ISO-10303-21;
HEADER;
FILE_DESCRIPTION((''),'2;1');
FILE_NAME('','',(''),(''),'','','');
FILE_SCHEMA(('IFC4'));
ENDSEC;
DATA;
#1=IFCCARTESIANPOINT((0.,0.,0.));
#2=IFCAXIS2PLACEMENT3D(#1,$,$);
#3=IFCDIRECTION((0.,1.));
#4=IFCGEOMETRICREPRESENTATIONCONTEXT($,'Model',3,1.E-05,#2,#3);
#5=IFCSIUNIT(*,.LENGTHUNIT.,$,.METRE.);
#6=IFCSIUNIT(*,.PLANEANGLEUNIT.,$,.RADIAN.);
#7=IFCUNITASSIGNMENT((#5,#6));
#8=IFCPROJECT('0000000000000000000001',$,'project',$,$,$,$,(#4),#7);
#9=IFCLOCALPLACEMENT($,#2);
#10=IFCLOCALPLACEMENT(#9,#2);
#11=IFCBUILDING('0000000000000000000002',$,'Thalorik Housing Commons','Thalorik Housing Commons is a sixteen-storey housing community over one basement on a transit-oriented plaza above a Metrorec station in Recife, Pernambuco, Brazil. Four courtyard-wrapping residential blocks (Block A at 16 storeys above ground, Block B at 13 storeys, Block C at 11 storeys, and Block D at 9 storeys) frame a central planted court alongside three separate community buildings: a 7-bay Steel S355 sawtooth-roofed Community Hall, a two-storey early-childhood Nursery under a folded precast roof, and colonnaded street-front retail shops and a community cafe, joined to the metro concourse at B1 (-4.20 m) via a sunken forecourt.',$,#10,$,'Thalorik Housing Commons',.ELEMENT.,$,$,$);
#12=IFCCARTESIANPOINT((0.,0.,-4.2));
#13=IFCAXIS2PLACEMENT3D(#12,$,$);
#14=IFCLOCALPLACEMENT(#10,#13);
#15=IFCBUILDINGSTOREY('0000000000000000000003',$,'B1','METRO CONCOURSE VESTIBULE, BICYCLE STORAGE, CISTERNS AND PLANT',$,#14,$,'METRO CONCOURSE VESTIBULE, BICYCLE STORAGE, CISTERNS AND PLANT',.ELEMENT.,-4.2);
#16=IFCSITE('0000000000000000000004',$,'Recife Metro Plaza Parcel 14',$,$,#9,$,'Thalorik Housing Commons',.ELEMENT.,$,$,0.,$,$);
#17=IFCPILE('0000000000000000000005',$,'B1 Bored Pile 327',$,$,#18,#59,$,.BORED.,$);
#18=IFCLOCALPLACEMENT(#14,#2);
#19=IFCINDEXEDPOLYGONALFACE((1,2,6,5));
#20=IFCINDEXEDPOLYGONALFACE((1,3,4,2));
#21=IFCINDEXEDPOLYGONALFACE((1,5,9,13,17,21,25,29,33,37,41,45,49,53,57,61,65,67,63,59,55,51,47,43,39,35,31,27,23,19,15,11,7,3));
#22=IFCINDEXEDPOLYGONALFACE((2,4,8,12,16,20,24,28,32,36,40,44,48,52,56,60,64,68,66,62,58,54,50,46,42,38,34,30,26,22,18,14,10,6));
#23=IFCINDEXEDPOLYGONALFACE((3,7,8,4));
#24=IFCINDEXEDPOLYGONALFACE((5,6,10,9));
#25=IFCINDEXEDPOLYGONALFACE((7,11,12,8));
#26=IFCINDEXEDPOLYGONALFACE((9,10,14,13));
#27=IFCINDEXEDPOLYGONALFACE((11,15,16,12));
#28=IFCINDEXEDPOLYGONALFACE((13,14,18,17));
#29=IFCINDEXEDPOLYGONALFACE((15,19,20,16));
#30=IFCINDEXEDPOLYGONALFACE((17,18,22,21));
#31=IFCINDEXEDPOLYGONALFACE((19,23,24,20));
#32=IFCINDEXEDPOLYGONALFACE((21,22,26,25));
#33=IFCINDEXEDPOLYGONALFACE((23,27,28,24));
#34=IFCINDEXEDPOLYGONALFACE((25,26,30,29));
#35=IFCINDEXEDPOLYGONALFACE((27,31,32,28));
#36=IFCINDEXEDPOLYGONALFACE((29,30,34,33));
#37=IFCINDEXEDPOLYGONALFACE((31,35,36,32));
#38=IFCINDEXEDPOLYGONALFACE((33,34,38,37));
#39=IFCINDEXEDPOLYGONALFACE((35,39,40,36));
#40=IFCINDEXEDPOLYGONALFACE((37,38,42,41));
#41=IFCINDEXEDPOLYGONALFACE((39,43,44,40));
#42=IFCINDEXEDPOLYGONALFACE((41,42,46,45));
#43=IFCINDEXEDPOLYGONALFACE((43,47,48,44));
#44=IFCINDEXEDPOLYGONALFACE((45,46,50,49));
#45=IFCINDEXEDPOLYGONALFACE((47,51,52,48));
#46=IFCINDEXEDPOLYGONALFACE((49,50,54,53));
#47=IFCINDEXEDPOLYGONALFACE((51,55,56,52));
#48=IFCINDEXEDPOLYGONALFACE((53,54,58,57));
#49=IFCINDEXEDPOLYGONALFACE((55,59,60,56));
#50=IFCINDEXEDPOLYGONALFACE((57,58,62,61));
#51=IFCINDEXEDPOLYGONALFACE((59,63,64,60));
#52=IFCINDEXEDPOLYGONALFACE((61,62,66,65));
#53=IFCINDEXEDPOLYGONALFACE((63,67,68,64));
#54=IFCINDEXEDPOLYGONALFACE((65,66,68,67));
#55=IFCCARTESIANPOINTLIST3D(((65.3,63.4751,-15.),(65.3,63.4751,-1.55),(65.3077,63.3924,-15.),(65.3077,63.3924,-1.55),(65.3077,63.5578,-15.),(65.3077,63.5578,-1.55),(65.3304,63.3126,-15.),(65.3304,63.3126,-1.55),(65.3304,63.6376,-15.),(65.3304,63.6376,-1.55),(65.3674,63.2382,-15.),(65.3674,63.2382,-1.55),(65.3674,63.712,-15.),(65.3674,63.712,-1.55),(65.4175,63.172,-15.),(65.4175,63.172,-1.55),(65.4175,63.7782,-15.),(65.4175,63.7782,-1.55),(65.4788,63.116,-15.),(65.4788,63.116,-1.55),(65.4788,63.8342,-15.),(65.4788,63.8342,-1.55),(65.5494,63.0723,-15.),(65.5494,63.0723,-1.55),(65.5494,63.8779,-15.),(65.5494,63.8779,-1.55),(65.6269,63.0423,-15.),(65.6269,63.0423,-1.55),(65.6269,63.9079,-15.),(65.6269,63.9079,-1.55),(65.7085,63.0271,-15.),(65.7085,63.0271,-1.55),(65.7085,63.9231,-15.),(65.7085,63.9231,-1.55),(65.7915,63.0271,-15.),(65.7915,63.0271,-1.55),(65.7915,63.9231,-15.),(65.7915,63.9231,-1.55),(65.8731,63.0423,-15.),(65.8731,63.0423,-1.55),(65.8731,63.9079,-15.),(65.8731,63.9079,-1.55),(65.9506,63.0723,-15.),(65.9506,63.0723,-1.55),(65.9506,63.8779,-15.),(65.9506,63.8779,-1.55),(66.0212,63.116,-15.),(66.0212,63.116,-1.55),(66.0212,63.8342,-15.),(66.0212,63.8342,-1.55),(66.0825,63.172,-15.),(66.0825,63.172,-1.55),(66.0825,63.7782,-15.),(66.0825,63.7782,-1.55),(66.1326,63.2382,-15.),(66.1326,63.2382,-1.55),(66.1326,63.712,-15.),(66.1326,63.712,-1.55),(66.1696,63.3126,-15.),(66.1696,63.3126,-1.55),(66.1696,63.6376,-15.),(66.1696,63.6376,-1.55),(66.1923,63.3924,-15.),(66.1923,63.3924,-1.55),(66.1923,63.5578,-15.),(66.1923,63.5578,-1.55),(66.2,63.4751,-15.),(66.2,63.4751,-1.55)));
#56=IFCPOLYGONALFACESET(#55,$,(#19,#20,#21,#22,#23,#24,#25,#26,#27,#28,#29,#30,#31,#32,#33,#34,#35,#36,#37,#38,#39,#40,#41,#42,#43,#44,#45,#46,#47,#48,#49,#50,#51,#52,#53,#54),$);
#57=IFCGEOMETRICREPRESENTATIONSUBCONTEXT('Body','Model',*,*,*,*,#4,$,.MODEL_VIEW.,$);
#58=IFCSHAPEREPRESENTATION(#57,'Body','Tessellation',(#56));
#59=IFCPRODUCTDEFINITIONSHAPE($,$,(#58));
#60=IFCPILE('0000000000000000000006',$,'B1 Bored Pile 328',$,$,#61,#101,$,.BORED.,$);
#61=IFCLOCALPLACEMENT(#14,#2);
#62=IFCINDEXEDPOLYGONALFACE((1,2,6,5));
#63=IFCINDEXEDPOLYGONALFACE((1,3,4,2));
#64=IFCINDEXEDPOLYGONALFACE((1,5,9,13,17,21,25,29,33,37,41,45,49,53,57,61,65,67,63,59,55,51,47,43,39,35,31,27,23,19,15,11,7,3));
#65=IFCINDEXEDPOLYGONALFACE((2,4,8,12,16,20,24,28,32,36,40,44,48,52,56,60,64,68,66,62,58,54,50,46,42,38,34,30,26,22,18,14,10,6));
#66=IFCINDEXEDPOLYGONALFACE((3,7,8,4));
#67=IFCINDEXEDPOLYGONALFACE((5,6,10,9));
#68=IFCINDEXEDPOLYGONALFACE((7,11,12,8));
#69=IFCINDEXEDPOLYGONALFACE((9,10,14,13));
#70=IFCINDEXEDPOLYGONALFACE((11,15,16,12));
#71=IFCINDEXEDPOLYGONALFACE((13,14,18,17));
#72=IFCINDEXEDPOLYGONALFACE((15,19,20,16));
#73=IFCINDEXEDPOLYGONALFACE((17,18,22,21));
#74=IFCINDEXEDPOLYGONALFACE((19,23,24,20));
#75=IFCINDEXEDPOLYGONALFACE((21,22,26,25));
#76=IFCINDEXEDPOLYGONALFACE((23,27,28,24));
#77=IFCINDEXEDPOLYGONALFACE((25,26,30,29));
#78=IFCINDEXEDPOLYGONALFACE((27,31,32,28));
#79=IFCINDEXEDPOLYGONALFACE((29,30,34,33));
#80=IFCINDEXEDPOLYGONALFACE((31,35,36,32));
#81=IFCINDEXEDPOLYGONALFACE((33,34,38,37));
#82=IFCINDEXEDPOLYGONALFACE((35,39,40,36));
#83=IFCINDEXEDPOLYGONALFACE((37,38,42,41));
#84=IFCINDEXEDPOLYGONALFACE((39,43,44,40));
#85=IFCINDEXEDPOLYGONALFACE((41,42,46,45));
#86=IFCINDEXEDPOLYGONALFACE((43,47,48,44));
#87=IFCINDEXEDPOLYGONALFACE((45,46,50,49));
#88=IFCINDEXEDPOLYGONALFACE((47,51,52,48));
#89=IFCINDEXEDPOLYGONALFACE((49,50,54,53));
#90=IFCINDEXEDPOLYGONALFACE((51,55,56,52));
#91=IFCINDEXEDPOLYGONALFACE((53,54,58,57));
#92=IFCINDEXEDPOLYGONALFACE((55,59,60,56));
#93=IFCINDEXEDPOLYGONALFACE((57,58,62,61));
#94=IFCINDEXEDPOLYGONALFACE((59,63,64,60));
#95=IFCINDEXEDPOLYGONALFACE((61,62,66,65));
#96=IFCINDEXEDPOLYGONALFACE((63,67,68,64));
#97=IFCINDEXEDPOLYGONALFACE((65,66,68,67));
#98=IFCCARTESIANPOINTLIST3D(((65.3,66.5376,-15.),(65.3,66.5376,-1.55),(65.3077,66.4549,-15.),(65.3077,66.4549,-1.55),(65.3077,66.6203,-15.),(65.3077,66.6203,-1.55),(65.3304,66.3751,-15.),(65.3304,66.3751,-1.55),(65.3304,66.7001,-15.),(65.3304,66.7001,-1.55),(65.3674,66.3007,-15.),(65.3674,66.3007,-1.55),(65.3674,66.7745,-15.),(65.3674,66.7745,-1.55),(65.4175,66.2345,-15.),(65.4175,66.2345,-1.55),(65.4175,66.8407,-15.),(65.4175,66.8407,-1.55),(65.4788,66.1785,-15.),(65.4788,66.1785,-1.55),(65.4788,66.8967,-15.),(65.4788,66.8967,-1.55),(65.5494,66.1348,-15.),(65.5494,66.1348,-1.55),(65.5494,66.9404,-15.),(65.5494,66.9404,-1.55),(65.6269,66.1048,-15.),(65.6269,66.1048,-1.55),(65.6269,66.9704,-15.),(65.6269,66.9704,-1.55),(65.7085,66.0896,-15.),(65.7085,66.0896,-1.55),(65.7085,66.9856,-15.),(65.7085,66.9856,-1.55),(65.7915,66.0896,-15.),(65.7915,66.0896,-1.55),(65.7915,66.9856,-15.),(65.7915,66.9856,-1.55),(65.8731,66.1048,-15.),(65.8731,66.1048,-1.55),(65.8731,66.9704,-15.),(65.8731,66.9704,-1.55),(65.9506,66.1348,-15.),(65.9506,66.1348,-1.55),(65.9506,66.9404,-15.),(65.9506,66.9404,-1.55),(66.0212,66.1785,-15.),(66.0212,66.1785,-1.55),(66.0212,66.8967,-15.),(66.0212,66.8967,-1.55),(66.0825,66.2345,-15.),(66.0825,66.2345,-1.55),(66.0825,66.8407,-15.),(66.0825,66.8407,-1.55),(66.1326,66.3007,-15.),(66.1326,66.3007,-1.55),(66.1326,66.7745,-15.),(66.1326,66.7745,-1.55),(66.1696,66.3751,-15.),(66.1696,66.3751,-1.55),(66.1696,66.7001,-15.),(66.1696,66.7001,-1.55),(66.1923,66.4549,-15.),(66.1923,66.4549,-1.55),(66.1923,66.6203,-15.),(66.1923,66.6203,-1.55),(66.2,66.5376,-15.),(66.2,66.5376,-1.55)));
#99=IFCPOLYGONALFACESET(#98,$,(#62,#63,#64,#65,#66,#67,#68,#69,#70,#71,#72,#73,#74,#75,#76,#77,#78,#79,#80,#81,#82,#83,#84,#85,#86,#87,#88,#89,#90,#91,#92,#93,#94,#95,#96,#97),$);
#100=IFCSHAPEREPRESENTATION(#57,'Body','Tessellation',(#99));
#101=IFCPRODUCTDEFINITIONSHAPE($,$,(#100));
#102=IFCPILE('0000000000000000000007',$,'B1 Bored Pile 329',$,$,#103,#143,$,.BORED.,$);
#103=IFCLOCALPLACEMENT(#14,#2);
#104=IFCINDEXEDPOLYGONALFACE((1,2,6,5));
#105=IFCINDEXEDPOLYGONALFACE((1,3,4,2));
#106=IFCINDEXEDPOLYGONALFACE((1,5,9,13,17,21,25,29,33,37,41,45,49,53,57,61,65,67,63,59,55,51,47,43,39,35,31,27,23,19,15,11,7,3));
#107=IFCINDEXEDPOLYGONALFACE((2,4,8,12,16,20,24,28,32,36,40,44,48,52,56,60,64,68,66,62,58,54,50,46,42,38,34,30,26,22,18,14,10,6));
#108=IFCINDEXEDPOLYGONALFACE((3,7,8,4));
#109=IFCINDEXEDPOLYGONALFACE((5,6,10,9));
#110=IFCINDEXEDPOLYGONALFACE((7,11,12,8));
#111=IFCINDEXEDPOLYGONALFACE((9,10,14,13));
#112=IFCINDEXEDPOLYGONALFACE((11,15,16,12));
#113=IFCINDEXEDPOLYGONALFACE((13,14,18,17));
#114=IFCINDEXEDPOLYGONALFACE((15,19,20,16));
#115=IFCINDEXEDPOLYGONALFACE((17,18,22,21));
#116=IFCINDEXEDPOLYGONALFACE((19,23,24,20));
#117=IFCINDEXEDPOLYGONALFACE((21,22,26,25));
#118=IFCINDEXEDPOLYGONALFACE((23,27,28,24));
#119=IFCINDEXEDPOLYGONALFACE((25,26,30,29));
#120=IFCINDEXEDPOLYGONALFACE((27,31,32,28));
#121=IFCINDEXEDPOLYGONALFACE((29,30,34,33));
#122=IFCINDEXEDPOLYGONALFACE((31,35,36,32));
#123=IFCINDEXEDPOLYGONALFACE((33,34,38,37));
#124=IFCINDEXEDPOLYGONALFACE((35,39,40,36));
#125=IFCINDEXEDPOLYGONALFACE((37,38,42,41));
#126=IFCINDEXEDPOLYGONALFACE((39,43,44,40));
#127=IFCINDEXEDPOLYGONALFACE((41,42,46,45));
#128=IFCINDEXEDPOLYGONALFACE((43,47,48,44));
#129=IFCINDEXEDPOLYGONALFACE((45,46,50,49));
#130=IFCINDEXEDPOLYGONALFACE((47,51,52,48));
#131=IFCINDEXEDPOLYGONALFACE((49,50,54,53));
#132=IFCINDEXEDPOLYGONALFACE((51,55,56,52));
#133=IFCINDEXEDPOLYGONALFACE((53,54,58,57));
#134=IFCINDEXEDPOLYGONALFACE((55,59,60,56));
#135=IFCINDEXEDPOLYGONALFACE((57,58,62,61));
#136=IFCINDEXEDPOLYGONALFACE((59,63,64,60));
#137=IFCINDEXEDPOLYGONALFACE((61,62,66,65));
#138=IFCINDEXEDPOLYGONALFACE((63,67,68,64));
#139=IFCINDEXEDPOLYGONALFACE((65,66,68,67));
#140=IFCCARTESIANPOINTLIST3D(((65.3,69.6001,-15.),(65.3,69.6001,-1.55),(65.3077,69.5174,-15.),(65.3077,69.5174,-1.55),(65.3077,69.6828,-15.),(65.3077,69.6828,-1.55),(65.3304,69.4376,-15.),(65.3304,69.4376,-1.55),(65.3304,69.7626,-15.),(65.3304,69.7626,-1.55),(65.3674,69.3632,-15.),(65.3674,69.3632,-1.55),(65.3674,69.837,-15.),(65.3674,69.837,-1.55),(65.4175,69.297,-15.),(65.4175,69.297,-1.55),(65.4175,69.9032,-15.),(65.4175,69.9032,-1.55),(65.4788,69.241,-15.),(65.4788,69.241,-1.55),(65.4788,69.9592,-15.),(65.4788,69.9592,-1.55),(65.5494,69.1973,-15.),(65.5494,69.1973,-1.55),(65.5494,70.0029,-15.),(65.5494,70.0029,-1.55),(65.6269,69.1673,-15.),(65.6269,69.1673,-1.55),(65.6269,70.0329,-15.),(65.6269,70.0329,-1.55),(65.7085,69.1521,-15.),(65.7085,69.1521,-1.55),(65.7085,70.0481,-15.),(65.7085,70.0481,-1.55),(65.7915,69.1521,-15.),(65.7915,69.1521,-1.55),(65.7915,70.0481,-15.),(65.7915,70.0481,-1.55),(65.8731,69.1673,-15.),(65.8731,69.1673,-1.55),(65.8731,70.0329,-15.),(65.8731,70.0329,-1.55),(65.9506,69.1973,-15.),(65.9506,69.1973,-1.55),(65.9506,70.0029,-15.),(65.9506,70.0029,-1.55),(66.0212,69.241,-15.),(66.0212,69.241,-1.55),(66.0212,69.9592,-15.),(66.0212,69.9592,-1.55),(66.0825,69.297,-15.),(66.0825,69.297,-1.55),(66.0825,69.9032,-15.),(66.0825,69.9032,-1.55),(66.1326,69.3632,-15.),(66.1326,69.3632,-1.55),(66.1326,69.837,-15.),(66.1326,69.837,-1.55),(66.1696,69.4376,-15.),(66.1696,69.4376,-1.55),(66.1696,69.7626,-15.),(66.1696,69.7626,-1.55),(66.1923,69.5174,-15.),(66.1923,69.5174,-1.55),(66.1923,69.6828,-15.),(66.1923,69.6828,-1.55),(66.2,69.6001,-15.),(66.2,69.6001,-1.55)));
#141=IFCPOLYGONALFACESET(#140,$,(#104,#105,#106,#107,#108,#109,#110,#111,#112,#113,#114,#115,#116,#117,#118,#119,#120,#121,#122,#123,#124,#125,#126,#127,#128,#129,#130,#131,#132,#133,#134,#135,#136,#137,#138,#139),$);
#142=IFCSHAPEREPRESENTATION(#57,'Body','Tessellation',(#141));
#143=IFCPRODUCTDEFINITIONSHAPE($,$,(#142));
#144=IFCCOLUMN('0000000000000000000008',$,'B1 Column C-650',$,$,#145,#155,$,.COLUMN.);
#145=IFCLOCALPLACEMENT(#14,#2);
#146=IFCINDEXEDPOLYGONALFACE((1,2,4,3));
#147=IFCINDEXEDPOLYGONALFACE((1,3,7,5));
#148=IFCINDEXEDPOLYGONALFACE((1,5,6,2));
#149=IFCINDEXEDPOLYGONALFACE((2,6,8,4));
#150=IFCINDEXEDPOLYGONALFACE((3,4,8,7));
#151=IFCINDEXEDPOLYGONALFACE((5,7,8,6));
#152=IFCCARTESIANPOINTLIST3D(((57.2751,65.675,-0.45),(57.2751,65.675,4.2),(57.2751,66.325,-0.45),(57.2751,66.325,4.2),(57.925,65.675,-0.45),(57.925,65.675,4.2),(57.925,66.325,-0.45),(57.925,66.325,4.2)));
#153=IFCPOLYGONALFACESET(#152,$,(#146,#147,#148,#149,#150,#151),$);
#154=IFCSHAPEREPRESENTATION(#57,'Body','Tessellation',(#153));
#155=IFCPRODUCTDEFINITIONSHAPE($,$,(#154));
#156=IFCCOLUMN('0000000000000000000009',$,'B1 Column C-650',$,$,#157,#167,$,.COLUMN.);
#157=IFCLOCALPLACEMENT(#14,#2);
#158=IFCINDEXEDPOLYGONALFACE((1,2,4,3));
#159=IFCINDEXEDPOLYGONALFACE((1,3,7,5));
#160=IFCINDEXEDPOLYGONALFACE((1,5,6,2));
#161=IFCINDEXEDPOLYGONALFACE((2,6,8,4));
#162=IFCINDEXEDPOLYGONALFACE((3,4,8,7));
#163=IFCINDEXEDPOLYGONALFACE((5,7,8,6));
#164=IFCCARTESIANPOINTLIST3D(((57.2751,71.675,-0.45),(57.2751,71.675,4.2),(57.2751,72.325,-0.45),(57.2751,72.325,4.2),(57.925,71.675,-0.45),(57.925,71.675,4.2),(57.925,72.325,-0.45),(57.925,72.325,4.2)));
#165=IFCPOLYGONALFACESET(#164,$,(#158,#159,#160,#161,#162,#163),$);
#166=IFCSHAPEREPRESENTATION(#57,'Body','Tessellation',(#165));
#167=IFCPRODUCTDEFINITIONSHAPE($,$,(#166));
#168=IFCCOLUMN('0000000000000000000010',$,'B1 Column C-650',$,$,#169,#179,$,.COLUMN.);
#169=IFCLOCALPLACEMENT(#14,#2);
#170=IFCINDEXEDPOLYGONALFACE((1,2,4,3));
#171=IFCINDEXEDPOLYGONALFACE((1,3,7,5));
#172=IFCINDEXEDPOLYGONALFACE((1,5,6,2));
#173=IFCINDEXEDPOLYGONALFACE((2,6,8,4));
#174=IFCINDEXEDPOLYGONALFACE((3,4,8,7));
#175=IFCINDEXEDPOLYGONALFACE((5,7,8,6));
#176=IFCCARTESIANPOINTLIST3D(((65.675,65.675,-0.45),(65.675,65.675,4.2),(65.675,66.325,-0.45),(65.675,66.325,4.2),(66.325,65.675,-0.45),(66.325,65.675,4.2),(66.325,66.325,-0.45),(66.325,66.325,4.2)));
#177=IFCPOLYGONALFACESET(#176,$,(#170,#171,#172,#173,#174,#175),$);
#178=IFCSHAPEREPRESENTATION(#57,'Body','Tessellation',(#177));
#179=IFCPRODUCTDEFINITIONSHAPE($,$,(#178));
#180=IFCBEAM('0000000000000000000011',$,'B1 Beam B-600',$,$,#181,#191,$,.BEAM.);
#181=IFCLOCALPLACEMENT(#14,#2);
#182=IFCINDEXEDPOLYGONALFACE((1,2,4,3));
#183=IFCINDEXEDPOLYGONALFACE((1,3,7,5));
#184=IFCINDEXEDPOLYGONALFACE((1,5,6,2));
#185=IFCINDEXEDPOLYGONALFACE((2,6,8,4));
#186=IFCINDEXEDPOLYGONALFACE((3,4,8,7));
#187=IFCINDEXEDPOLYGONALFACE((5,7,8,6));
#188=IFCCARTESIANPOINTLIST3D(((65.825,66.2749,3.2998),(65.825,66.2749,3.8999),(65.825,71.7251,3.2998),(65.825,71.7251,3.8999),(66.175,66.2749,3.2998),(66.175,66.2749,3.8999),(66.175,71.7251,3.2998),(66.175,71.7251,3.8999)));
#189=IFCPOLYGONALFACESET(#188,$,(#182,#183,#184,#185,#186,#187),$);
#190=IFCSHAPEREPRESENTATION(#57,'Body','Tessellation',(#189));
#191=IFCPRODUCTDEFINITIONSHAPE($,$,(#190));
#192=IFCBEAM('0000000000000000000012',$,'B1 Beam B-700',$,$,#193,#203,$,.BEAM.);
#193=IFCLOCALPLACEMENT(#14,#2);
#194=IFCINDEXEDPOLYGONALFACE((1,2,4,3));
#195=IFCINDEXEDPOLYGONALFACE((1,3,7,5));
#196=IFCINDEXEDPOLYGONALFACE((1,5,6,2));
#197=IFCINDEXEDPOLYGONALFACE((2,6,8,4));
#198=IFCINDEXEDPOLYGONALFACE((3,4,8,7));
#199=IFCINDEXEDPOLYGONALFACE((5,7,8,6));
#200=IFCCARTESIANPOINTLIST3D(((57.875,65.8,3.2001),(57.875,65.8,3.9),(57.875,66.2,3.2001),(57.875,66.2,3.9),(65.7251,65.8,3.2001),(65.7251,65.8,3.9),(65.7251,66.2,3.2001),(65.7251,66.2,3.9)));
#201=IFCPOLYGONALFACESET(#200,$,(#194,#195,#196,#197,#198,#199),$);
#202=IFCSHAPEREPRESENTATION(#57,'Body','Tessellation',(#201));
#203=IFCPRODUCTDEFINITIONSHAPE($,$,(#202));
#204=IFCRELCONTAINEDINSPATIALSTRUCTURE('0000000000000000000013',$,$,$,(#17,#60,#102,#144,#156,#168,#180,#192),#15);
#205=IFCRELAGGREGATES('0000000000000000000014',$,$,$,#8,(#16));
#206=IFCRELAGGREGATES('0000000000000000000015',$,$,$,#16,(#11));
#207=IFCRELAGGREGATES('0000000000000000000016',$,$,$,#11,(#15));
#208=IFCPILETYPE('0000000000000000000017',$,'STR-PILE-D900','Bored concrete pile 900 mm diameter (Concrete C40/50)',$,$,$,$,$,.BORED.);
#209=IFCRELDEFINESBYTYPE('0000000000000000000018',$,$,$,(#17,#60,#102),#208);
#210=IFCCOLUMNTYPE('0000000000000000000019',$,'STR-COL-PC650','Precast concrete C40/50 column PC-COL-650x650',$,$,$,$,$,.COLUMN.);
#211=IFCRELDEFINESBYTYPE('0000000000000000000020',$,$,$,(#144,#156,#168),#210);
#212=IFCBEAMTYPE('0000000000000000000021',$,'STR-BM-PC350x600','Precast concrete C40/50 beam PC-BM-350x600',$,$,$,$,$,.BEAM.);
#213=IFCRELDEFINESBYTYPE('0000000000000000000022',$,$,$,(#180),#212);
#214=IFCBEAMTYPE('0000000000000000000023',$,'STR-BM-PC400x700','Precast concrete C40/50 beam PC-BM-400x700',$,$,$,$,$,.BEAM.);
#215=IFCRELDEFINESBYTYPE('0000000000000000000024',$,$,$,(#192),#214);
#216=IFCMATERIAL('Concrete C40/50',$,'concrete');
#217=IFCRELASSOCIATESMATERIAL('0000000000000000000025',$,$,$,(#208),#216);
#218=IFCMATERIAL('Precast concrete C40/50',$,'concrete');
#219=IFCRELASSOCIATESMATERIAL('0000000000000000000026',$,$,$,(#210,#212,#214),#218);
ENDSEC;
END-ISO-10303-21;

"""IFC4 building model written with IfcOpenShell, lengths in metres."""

from ifc_helpers import new_model, si_unit, direction, frame, origin, origin_2d, place, context, subcontext, project, spatial, rectangle, circle, extrude, material, material_profile, profile_set, type_object, element, save


model = new_model("IFC4")

# Units and contexts
model_context = context("Model", 3, precision=1e-05, world=origin(), true_north=direction((0.0, 1.0)))
body_context = subcontext(model_context, "Body", "Model", "MODEL_VIEW")
ifc_project = project(units=[si_unit("LENGTHUNIT", "METRE"), si_unit("PLANEANGLEUNIT", "RADIAN")], contexts=[model_context])

# Site, building, storey
site_placement = place(None, origin())
site = spatial("IfcSite", under=ifc_project, at=site_placement, Name="Recife Metro Plaza Parcel 14", LongName="Thalorik Housing Commons", CompositionType="ELEMENT", RefElevation=0.0)
building_placement = place(site_placement, origin())
building = spatial("IfcBuilding", under=site, at=building_placement, Name="Thalorik Housing Commons", Description="Thalorik Housing Commons is a sixteen-storey housing community over one basement on a transit-oriented plaza above a Metrorec station in Recife, Pernambuco, Brazil. Four courtyard-wrapping residential blocks (Block A at 16 storeys above ground, Block B at 13 storeys, Block C at 11 storeys, and Block D at 9 storeys) frame a central planted court alongside three separate community buildings: a 7-bay Steel S355 sawtooth-roofed Community Hall, a two-storey early-childhood Nursery under a folded precast roof, and colonnaded street-front retail shops and a community cafe, joined to the metro concourse at B1 (-4.20 m) via a sunken forecourt.", LongName="Thalorik Housing Commons", CompositionType="ELEMENT")
storey_placement = place(building_placement, frame((0.0, 0.0, -4.2)))
storey = spatial("IfcBuildingStorey", under=building, at=storey_placement, Name="B1", Description="METRO CONCOURSE VESTIBULE, BICYCLE STORAGE, CISTERNS AND PLANT", LongName="METRO CONCOURSE VESTIBULE, BICYCLE STORAGE, CISTERNS AND PLANT", CompositionType="ELEMENT", Elevation=-4.2)

# Shared definitions
ifc_material_1 = material(Name="Concrete C40/50", Category="concrete")

# Piles
ifc_material_profile_1 = material_profile(ifc_material_1, circle(Radius=0.45, at=origin_2d()), Name="BORED PILE D900", Category="concrete")
ifc_profile_set_1 = profile_set([ifc_material_profile_1], Name="Concrete C40/50")
pile_type_1 = type_object("IfcPileType", Name="STR-PILE-D900", Description="Bored concrete pile 900 mm diameter (Concrete C40/50)", PredefinedType="BORED", material=ifc_profile_set_1)
for number, where, z_axis, x_axis, name in (
    (1, (65.75, 63.4751, -1.55), (0.0, 0.0, -1.0), (1.0, 0.0, 0.0), "B1 Bored Pile 327"),
    (2, (65.75, 66.5376, -1.55), (0.0, 0.0, -1.0), (1.0, 0.0, 0.0), "B1 Bored Pile 328"),
    (3, (65.75, 69.6001, -1.55), (0.0, 0.0, -1.0), (1.0, 0.0, 0.0), "B1 Bored Pile 329"),
):
    element("IfcPile", number, at=place(storey_placement, frame(where, z_axis=z_axis, x_axis=x_axis)), inside=storey, type_object=pile_type_1, Name=name, PredefinedType="BORED", context=body_context, shape_type="SweptSolid", body=[
        extrude(circle(Radius=0.45, at=origin_2d()), origin(), (0.0, 0.0, 1.0), 13.45),
    ])

# Columns
ifc_material_2 = material(Name="Precast concrete C40/50", Category="concrete")
ifc_material_profile_2 = material_profile(ifc_material_2, rectangle(XDim=0.6499, YDim=0.6499, at=origin_2d()), Name="PC 650x650", Category="concrete")
ifc_profile_set_2 = profile_set([ifc_material_profile_2], Name="Precast concrete C40/50")
column_type = type_object("IfcColumnType", Name="STR-COL-PC650", Description="Precast concrete C40/50 column PC-COL-650x650", PredefinedType="COLUMN", material=ifc_profile_set_2)
for number, where, z_axis, x_axis, name in (
    (4, (57.6001, 66.0, -0.45), (0.0, 0.0, 1.0), (1.0, 0.0, 0.0), "B1 Column C-650"),
    (5, (57.6001, 72.0, -0.45), (0.0, 0.0, 1.0), (1.0, 0.0, 0.0), "B1 Column C-650"),
    (6, (66.0, 66.0, -0.45), (0.0, 0.0, 1.0), (1.0, 0.0, 0.0), "B1 Column C-650"),
):
    element("IfcColumn", number, at=place(storey_placement, frame(where, z_axis=z_axis, x_axis=x_axis)), inside=storey, type_object=column_type, Name=name, PredefinedType="COLUMN", context=body_context, shape_type="SweptSolid", body=[
        extrude(rectangle(XDim=0.6499, YDim=0.6499, at=origin_2d()), origin(), (0.0, 0.0, 1.0), 4.6499),
    ])

# Beams
ifc_material_profile_3 = material_profile(ifc_material_2, rectangle(XDim=0.3501, YDim=0.6001, at=origin_2d()), Name="PC 350x600", Category="concrete")
ifc_profile_set_3 = profile_set([ifc_material_profile_3], Name="Precast concrete C40/50")
beam_type_1 = type_object("IfcBeamType", Name="STR-BM-PC350x600", Description="Precast concrete C40/50 beam PC-BM-350x600", PredefinedType="BEAM", material=ifc_profile_set_3)
beam_1_placement = place(storey_placement, frame((66.0, 66.2749, 3.5999), z_axis=(0.0, 1.0, 0.0), x_axis=(-1.0, 0.0, 0.0)))
element("IfcBeam", 7, at=beam_1_placement, inside=storey, type_object=beam_type_1, Name="B1 Beam B-600", PredefinedType="BEAM", context=body_context, shape_type="SweptSolid", body=[
    extrude(rectangle(XDim=0.3501, YDim=0.6001, at=origin_2d()), origin(), (0.0, 0.0, 1.0), 5.4502),
])
ifc_material_profile_4 = material_profile(ifc_material_2, rectangle(XDim=0.3999, YDim=0.7, at=origin_2d()), Name="PC 400x700", Category="concrete")
ifc_profile_set_4 = profile_set([ifc_material_profile_4], Name="Precast concrete C40/50")
beam_type_2 = type_object("IfcBeamType", Name="STR-BM-PC400x700", Description="Precast concrete C40/50 beam PC-BM-400x700", PredefinedType="BEAM", material=ifc_profile_set_4)
for number, where, z_axis, x_axis, name in (
    (8, (57.875, 66.0, 3.55), (1.0, 0.0, 0.0), (0.0, 1.0, 0.0), "B1 Beam B-700"),
):
    element("IfcBeam", number, at=place(storey_placement, frame(where, z_axis=z_axis, x_axis=x_axis)), inside=storey, type_object=beam_type_2, Name=name, PredefinedType="BEAM", context=body_context, shape_type="SweptSolid", body=[
        extrude(rectangle(XDim=0.3999, YDim=0.7, at=origin_2d()), origin(), (0.0, 0.0, 1.0), 7.8501),
    ])

save(model, "model.ifc")
